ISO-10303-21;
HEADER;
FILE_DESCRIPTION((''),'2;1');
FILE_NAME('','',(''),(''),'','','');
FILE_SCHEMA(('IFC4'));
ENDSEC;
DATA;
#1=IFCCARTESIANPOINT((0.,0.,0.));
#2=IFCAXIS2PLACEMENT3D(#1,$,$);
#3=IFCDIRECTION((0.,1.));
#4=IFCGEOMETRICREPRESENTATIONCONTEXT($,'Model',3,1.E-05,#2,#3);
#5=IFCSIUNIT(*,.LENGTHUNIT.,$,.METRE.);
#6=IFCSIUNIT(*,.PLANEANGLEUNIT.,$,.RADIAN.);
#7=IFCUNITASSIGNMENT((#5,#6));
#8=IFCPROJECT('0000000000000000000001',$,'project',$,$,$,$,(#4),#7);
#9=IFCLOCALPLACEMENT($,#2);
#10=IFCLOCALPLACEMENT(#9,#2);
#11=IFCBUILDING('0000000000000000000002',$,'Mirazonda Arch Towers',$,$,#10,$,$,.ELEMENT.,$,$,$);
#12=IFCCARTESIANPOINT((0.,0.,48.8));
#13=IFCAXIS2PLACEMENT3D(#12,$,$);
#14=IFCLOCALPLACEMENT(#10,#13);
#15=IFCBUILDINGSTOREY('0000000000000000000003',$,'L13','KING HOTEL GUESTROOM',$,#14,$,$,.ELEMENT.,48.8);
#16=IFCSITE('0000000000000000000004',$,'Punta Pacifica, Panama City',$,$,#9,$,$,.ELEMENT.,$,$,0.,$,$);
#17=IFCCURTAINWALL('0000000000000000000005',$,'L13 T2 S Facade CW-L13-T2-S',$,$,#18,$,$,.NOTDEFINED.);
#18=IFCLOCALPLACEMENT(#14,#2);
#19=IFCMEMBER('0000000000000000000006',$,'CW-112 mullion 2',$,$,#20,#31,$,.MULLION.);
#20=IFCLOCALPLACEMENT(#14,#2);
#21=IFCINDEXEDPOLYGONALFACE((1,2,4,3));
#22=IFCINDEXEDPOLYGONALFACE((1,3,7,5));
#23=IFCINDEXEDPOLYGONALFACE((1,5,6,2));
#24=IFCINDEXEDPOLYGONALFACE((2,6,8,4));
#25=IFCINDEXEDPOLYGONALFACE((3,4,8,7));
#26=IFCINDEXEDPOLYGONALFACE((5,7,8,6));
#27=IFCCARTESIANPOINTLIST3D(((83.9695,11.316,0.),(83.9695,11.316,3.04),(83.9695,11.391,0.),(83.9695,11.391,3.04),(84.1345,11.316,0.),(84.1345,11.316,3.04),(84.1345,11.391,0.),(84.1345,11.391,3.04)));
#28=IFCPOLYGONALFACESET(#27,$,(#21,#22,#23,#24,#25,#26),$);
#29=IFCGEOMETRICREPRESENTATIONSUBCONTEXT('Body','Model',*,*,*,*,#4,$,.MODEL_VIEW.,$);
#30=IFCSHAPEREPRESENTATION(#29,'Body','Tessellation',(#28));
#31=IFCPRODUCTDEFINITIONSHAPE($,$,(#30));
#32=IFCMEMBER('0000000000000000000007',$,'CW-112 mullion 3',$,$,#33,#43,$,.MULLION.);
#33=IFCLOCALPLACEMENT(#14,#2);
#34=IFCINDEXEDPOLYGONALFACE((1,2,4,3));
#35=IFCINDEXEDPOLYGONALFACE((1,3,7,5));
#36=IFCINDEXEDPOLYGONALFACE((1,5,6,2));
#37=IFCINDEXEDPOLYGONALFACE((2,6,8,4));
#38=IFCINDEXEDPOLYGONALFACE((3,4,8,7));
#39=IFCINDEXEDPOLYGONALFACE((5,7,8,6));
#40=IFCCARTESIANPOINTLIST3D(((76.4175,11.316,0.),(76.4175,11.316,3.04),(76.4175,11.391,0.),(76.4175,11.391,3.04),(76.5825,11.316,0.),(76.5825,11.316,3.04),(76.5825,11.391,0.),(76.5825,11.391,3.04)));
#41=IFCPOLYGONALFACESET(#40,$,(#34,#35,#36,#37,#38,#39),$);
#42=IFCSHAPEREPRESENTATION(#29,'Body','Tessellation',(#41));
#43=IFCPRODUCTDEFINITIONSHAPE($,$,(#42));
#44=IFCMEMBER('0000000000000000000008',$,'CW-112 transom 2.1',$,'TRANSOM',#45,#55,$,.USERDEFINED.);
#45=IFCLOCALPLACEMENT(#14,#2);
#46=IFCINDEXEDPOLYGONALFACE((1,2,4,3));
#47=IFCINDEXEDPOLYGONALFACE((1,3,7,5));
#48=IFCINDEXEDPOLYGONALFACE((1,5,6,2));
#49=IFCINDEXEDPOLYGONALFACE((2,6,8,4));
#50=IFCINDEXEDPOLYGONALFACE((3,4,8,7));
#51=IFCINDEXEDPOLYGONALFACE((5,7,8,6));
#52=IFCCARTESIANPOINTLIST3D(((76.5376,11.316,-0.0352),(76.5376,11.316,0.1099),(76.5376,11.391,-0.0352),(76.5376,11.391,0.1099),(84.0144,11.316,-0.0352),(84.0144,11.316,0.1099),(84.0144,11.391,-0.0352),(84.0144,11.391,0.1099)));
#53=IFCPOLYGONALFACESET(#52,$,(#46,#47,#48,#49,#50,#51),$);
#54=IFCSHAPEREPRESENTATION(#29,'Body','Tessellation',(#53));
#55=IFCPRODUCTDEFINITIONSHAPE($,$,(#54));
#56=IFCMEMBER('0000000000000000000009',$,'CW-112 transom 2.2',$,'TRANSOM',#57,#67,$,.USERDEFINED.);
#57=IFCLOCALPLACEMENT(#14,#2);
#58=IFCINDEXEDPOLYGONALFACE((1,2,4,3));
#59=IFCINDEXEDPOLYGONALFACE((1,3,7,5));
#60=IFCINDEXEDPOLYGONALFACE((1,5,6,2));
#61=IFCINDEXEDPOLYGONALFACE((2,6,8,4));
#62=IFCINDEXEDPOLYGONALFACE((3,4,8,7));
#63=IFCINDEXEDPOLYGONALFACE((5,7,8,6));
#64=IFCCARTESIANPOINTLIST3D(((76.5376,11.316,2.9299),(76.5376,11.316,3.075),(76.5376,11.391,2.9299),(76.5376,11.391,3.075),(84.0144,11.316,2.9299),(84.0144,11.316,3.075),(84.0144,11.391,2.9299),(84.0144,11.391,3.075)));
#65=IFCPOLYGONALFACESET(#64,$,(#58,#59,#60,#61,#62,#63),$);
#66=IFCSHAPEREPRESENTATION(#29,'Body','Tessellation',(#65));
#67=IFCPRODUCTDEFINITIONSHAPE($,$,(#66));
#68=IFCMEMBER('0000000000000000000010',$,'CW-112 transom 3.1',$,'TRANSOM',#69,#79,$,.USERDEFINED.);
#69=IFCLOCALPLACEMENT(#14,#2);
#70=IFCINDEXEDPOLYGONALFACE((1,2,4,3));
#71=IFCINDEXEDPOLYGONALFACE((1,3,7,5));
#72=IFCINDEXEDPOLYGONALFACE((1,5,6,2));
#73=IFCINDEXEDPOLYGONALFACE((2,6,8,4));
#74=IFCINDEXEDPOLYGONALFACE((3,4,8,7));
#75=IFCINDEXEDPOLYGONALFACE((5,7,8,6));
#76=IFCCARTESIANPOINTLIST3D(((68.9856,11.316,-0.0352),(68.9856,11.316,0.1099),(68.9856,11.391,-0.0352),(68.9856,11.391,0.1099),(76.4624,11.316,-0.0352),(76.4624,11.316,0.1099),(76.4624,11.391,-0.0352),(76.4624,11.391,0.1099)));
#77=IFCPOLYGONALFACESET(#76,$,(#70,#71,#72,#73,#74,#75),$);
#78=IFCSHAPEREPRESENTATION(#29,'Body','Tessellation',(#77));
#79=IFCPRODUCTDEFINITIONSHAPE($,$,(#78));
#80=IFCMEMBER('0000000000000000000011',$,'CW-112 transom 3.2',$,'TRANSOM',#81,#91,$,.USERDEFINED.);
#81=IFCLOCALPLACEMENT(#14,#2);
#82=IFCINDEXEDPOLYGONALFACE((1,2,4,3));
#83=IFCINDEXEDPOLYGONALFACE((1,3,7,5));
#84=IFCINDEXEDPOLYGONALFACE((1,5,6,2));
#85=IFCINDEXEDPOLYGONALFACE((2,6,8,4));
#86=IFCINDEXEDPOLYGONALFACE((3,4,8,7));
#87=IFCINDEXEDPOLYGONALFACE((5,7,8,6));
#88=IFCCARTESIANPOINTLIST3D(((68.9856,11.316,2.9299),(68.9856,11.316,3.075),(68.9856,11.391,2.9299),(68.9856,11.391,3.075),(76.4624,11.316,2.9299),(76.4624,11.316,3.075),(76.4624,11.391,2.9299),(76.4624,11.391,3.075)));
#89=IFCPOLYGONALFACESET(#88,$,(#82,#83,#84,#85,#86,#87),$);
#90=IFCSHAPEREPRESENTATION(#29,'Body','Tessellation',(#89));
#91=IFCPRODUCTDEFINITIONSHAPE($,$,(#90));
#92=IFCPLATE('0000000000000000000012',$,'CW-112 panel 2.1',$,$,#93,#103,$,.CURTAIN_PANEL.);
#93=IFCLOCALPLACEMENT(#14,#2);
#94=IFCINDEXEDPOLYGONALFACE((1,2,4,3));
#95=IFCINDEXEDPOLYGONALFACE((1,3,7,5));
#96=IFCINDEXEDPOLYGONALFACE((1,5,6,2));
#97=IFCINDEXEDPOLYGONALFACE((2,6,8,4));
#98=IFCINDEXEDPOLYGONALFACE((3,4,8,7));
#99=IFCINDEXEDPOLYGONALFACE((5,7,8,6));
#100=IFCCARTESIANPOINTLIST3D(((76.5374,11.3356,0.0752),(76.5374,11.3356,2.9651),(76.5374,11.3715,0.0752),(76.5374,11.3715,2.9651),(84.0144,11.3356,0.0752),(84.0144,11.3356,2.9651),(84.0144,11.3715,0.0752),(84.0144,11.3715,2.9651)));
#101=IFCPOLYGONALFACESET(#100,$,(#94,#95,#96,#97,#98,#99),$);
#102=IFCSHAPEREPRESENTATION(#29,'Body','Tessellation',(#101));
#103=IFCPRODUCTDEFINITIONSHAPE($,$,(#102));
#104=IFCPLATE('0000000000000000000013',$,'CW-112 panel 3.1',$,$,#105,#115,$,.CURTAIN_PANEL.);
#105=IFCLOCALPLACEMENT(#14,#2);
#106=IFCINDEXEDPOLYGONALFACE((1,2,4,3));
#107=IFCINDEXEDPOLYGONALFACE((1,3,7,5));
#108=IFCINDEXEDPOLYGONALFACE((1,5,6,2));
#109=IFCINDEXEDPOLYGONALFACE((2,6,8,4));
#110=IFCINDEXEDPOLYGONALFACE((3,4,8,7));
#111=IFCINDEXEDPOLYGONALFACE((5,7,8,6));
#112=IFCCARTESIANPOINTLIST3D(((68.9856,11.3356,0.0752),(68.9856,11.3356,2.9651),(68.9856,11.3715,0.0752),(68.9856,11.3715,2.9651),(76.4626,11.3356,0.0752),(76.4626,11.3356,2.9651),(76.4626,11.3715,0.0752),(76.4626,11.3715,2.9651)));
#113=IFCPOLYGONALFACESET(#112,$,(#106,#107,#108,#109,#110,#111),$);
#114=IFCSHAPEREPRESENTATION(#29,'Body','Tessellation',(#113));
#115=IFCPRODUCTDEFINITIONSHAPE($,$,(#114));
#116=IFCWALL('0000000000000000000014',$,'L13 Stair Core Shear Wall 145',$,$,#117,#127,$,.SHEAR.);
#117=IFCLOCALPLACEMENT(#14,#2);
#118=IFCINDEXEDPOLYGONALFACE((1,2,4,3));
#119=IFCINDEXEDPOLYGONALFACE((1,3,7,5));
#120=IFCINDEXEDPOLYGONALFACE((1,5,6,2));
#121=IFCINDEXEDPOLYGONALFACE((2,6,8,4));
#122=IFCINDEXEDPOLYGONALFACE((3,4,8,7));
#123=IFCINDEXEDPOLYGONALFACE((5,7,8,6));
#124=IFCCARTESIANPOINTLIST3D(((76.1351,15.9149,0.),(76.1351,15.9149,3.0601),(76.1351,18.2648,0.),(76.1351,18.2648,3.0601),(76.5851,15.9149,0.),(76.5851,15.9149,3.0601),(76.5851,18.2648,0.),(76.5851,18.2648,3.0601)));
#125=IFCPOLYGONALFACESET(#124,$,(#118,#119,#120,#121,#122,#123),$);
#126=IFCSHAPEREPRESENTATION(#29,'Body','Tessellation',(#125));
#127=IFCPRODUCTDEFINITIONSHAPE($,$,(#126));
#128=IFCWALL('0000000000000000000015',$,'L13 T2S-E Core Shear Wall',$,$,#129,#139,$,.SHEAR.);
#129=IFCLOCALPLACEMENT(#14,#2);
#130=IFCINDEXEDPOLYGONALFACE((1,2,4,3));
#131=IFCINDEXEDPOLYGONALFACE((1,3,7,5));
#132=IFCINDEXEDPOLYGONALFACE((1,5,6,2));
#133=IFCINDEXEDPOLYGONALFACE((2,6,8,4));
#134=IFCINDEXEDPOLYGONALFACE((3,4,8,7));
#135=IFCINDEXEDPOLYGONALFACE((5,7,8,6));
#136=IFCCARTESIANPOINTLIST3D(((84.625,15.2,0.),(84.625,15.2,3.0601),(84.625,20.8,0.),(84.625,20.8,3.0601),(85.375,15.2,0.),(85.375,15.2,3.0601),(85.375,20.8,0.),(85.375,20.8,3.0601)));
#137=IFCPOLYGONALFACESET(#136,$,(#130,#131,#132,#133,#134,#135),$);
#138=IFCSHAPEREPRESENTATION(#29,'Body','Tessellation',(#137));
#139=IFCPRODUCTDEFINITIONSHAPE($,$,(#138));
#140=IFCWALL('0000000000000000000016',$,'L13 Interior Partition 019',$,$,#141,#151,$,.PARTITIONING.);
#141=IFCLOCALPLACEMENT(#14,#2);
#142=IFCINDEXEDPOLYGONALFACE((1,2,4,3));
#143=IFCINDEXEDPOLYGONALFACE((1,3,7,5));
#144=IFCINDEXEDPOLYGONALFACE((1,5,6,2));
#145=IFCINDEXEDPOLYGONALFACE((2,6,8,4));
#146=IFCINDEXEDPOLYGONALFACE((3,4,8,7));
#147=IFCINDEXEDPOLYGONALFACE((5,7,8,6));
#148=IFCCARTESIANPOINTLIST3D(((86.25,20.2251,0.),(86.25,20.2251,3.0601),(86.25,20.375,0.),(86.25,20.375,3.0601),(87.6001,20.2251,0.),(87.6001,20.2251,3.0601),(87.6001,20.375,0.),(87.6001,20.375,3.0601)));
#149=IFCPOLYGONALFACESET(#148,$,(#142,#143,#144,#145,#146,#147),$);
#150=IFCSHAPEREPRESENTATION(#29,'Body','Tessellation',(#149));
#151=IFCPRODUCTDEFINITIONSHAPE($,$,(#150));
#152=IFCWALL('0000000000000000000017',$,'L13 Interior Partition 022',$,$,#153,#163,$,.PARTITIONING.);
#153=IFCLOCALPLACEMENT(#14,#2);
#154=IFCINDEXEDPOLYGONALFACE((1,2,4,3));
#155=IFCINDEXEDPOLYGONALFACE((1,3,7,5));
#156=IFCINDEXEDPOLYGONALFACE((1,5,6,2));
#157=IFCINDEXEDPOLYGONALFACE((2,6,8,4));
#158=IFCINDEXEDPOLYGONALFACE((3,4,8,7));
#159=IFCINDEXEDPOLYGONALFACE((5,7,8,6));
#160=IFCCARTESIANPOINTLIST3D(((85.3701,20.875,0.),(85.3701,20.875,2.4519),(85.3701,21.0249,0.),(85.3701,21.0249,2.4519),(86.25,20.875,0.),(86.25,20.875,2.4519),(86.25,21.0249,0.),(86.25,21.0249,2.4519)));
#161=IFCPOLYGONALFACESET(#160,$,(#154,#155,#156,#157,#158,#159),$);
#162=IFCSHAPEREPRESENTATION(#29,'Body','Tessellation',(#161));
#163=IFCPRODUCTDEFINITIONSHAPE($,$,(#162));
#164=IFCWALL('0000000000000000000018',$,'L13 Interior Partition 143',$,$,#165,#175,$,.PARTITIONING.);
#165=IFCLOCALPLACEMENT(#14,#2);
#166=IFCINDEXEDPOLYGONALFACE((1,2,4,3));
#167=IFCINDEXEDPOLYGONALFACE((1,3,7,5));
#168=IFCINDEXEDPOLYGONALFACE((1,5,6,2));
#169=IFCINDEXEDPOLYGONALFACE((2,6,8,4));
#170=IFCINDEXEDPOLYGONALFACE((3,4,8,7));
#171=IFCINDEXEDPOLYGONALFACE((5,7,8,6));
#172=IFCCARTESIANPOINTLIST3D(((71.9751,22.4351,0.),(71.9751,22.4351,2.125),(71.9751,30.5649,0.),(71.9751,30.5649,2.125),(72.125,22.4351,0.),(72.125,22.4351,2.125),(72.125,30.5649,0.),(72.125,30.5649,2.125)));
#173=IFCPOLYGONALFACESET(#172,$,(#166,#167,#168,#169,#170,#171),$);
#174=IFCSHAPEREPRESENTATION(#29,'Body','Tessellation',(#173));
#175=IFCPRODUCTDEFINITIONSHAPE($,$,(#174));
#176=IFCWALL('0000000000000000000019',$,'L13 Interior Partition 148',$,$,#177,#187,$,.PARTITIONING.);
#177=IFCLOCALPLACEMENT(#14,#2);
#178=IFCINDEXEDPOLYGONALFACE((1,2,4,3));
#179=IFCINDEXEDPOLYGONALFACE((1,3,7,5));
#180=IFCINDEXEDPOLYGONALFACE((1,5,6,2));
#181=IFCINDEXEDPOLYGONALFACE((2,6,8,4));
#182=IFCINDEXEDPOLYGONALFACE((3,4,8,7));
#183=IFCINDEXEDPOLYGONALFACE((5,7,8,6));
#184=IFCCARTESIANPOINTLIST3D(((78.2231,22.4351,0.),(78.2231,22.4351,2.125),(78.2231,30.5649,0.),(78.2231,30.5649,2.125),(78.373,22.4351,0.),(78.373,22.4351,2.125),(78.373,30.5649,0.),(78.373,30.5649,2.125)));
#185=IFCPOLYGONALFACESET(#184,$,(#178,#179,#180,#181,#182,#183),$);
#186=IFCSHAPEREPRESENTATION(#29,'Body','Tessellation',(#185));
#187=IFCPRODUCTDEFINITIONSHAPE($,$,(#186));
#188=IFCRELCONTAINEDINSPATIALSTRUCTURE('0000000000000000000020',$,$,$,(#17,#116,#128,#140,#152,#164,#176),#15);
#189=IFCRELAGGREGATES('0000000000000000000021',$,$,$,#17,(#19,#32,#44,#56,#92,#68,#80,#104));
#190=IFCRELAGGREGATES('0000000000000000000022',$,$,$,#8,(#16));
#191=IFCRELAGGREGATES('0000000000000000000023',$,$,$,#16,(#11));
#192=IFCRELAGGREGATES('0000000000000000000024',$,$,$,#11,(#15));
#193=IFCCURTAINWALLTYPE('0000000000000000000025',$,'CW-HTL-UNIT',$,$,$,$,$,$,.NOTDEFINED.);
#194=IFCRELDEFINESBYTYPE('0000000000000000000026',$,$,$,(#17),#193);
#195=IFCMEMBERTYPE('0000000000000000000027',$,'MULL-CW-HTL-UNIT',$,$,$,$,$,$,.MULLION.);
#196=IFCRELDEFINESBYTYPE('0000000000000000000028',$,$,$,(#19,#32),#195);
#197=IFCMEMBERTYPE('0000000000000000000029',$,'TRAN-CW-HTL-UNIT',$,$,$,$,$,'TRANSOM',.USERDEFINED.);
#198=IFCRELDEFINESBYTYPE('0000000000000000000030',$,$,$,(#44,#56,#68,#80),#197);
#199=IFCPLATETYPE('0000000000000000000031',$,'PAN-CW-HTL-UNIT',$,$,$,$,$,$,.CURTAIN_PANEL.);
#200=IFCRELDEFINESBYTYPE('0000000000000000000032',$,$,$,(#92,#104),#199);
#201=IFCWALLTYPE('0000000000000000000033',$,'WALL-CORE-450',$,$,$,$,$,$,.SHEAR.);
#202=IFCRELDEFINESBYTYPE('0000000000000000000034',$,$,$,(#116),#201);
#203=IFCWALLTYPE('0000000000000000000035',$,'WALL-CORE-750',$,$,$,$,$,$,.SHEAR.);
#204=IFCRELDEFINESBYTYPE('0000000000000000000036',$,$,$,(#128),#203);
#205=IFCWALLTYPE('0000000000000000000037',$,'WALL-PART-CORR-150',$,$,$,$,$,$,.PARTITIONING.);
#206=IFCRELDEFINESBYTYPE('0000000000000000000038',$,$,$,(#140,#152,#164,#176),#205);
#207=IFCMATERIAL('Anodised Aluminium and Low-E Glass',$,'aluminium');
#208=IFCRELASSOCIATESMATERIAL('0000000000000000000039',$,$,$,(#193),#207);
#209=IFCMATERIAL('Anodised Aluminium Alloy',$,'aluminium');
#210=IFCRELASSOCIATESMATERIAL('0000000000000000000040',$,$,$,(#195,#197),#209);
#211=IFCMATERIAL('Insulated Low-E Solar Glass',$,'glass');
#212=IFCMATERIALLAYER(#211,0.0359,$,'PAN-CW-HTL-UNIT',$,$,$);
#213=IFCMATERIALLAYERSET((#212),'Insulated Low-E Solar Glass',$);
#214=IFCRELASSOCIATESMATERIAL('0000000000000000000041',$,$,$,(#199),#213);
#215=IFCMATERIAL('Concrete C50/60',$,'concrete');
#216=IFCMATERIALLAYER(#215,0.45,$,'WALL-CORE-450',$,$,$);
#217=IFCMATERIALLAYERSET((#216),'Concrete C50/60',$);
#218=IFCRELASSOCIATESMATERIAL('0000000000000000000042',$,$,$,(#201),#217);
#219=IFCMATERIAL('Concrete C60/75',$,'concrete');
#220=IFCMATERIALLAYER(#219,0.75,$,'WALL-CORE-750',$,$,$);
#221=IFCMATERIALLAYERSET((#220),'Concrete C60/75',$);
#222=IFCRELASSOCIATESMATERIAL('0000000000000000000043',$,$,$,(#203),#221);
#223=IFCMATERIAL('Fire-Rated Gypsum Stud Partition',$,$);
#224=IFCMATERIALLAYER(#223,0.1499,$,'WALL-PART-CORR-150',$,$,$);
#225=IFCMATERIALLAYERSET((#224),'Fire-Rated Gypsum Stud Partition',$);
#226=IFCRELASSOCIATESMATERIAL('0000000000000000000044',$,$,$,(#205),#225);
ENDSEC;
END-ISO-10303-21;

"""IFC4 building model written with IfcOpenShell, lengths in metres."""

from ifc_helpers import new_model, si_unit, direction, frame, frame_2d, origin, origin_2d, place, context, subcontext, project, spatial, rectangle, extrude, material, layer, layer_set, material_profile, profile_set, type_object, element, aggregate, save


model = new_model("IFC4")

# Units and contexts
model_context = context("Model", 3, precision=1e-05, world=origin(), true_north=direction((0.0, 1.0)))
body_context = subcontext(model_context, "Body", "Model", "MODEL_VIEW")
ifc_project = project(units=[si_unit("LENGTHUNIT", "METRE"), si_unit("PLANEANGLEUNIT", "RADIAN")], contexts=[model_context])

# Site, building, storey
site_placement = place(None, origin())
site = spatial("IfcSite", under=ifc_project, at=site_placement, Name="Punta Pacifica, Panama City", CompositionType="ELEMENT", RefElevation=0.0)
building_placement = place(site_placement, origin())
building = spatial("IfcBuilding", under=site, at=building_placement, Name="Mirazonda Arch Towers", CompositionType="ELEMENT")
storey_placement = place(building_placement, frame((0.0, 0.0, 48.8)))
storey = spatial("IfcBuildingStorey", under=building, at=storey_placement, Name="L13", Description="KING HOTEL GUESTROOM", CompositionType="ELEMENT", Elevation=48.8)

# Shared definitions
ifc_material_1 = material(Name="Concrete C60/75", Category="concrete")

# Curtain wall, members, plates
ifc_material_2 = material(Name="Anodised Aluminium and Low-E Glass", Category="aluminium")
curtain_wall_type = type_object("IfcCurtainWallType", Name="CW-HTL-UNIT", PredefinedType="NOTDEFINED", material=ifc_material_2)
curtain_wall_placement = place(storey_placement, origin())
curtain_wall = element("IfcCurtainWall", 1, at=curtain_wall_placement, inside=storey, type_object=curtain_wall_type, Name="L13 T2 S Facade CW-L13-T2-S", PredefinedType="NOTDEFINED")
ifc_material_3 = material(Name="Anodised Aluminium Alloy", Category="aluminium")
ifc_material_profile_1 = material_profile(ifc_material_3, rectangle(XDim=0.075, YDim=0.165, at=origin_2d()), Name="ALU-MULL-75x165")
ifc_profile_set_1 = profile_set([ifc_material_profile_1], Name="Anodised Aluminium Alloy")
member_type_1 = type_object("IfcMemberType", Name="MULL-CW-HTL-UNIT", PredefinedType="MULLION", material=ifc_profile_set_1)
member_1_placement = place(storey_placement, frame((84.052, 11.3535, 0.0), z_axis=(0.0, 0.0, 1.0), x_axis=(0.0, -1.0, 0.0)))
member_1 = element("IfcMember", 2, at=member_1_placement, type_object=member_type_1, Name="CW-112 mullion 2", PredefinedType="MULLION", context=body_context, shape_type="SweptSolid", body=[
    extrude(rectangle(XDim=0.075, YDim=0.165, at=origin_2d()), origin(), (0.0, 0.0, 1.0), 3.04),
])
member_2_placement = place(storey_placement, frame((76.5, 11.3535, 0.0), z_axis=(0.0, 0.0, 1.0), x_axis=(0.0, -1.0, 0.0)))
member_2 = element("IfcMember", 3, at=member_2_placement, type_object=member_type_1, Name="CW-112 mullion 3", PredefinedType="MULLION", context=body_context, shape_type="SweptSolid", body=[
    extrude(rectangle(XDim=0.075, YDim=0.165, at=origin_2d()), origin(), (0.0, 0.0, 1.0), 3.04),
])
ifc_material_profile_2 = material_profile(ifc_material_3, rectangle(XDim=0.075, YDim=0.145, at=origin_2d()), Name="ALU-TRAN-75x145")
ifc_profile_set_2 = profile_set([ifc_material_profile_2], Name="Anodised Aluminium Alloy")
member_type_2 = type_object("IfcMemberType", Name="TRAN-CW-HTL-UNIT", ElementType="TRANSOM", PredefinedType="USERDEFINED", material=ifc_profile_set_2)
member_3_placement = place(storey_placement, frame((84.0144, 11.3535, 0.0374), z_axis=(-1.0, 0.0, 0.0), x_axis=(0.0, -1.0, 0.0)))
member_3 = element("IfcMember", 4, at=member_3_placement, type_object=member_type_2, Name="CW-112 transom 2.1", ObjectType="TRANSOM", PredefinedType="USERDEFINED", context=body_context, shape_type="SweptSolid", body=[
    extrude(rectangle(XDim=0.075, YDim=0.145, at=origin_2d()), origin(), (0.0, 0.0, 1.0), 7.4768),
])
member_4_placement = place(storey_placement, frame((84.0144, 11.3535, 3.0024), z_axis=(-1.0, 0.0, 0.0), x_axis=(0.0, -1.0, 0.0)))
member_4 = element("IfcMember", 5, at=member_4_placement, type_object=member_type_2, Name="CW-112 transom 2.2", ObjectType="TRANSOM", PredefinedType="USERDEFINED", context=body_context, shape_type="SweptSolid", body=[
    extrude(rectangle(XDim=0.075, YDim=0.145, at=origin_2d()), origin(), (0.0, 0.0, 1.0), 7.4768),
])
member_5_placement = place(storey_placement, frame((76.4624, 11.3535, 0.0374), z_axis=(-1.0, 0.0, 0.0), x_axis=(0.0, -1.0, 0.0)))
member_5 = element("IfcMember", 6, at=member_5_placement, type_object=member_type_2, Name="CW-112 transom 3.1", ObjectType="TRANSOM", PredefinedType="USERDEFINED", context=body_context, shape_type="SweptSolid", body=[
    extrude(rectangle(XDim=0.075, YDim=0.145, at=origin_2d()), origin(), (0.0, 0.0, 1.0), 7.4768),
])
member_6_placement = place(storey_placement, frame((76.4624, 11.3535, 3.0024), z_axis=(-1.0, 0.0, 0.0), x_axis=(0.0, -1.0, 0.0)))
member_6 = element("IfcMember", 7, at=member_6_placement, type_object=member_type_2, Name="CW-112 transom 3.2", ObjectType="TRANSOM", PredefinedType="USERDEFINED", context=body_context, shape_type="SweptSolid", body=[
    extrude(rectangle(XDim=0.075, YDim=0.145, at=origin_2d()), origin(), (0.0, 0.0, 1.0), 7.4768),
])
ifc_material_4 = material(Name="Insulated Low-E Solar Glass", Category="glass")
ifc_layer_1 = layer(ifc_material_4, 0.0359, Name="PAN-CW-HTL-UNIT")
ifc_layer_set_1 = layer_set([ifc_layer_1], Name="Insulated Low-E Solar Glass")
plate_type = type_object("IfcPlateType", Name="PAN-CW-HTL-UNIT", PredefinedType="CURTAIN_PANEL", material=ifc_layer_set_1)
plate_1_placement = place(storey_placement, frame((80.2759, 11.3535, 0.0752), z_axis=(0.0, 0.0, 1.0), x_axis=(-1.0, 0.0, 0.0)))
plate_1 = element("IfcPlate", 8, at=plate_1_placement, type_object=plate_type, Name="CW-112 panel 2.1", PredefinedType="CURTAIN_PANEL", context=body_context, shape_type="SweptSolid", body=[
    extrude(rectangle(XDim=7.4771, YDim=0.0359, at=origin_2d()), origin(), (0.0, 0.0, 1.0), 2.8899),
])
plate_2_placement = place(storey_placement, frame((72.7241, 11.3535, 0.0752), z_axis=(0.0, 0.0, 1.0), x_axis=(-1.0, 0.0, 0.0)))
plate_2 = element("IfcPlate", 9, at=plate_2_placement, type_object=plate_type, Name="CW-112 panel 3.1", PredefinedType="CURTAIN_PANEL", context=body_context, shape_type="SweptSolid", body=[
    extrude(rectangle(XDim=7.4771, YDim=0.0359, at=origin_2d()), origin(), (0.0, 0.0, 1.0), 2.8899),
])
aggregate(curtain_wall, [member_1, member_2, member_3, member_4, plate_1, member_5, member_6, plate_2])

# Walls
ifc_material_5 = material(Name="Concrete C50/60", Category="concrete")
ifc_layer_2 = layer(ifc_material_5, 0.45, Name="WALL-CORE-450")
ifc_layer_set_2 = layer_set([ifc_layer_2], Name="Concrete C50/60")
wall_type_1 = type_object("IfcWallType", Name="WALL-CORE-450", PredefinedType="SHEAR", material=ifc_layer_set_2)
wall_1_placement = place(storey_placement, frame((76.3601, 15.915, 0.0), z_axis=(0.0, 0.0, 1.0), x_axis=(0.0, 1.0, 0.0)))
element("IfcWall", 10, at=wall_1_placement, inside=storey, type_object=wall_type_1, Name="L13 Stair Core Shear Wall 145", PredefinedType="SHEAR", context=body_context, shape_type="SweptSolid", body=[
    extrude(rectangle(XDim=2.3499, YDim=0.45, at=frame_2d((1.1748, 0.0))), origin(), (0.0, 0.0, 1.0), 3.0601),
])
ifc_layer_3 = layer(ifc_material_1, 0.75, Name="WALL-CORE-750")
ifc_layer_set_3 = layer_set([ifc_layer_3], Name="Concrete C60/75")
wall_type_2 = type_object("IfcWallType", Name="WALL-CORE-750", PredefinedType="SHEAR", material=ifc_layer_set_3)
wall_2_placement = place(storey_placement, frame((85.0, 15.2, 0.0), z_axis=(0.0, 0.0, 1.0), x_axis=(0.0, 1.0, 0.0)))
element("IfcWall", 11, at=wall_2_placement, inside=storey, type_object=wall_type_2, Name="L13 T2S-E Core Shear Wall", PredefinedType="SHEAR", context=body_context, shape_type="SweptSolid", body=[
    extrude(rectangle(XDim=5.6001, YDim=0.75, at=frame_2d((2.8, 0.0))), origin(), (0.0, 0.0, 1.0), 3.0601),
])
ifc_material_6 = material(Name="Fire-Rated Gypsum Stud Partition")
ifc_layer_4 = layer(ifc_material_6, 0.1499, Name="WALL-PART-CORR-150")
ifc_layer_set_4 = layer_set([ifc_layer_4], Name="Fire-Rated Gypsum Stud Partition")
wall_type_3 = type_object("IfcWallType", Name="WALL-PART-CORR-150", PredefinedType="PARTITIONING", material=ifc_layer_set_4)
wall_3_placement = place(storey_placement, frame((86.25, 20.3, 0.0), z_axis=(0.0, 0.0, 1.0), x_axis=(1.0, 0.0, 0.0)))
element("IfcWall", 12, at=wall_3_placement, inside=storey, type_object=wall_type_3, Name="L13 Interior Partition 019", PredefinedType="PARTITIONING", context=body_context, shape_type="SweptSolid", body=[
    extrude(rectangle(XDim=1.3501, YDim=0.1499, at=frame_2d((0.675, 0.0))), origin(), (0.0, 0.0, 1.0), 3.0601),
])
wall_4_placement = place(storey_placement, frame((85.3701, 20.95, 0.0), z_axis=(0.0, 0.0, 1.0), x_axis=(1.0, 0.0, 0.0)))
element("IfcWall", 13, at=wall_4_placement, inside=storey, type_object=wall_type_3, Name="L13 Interior Partition 022", PredefinedType="PARTITIONING", context=body_context, shape_type="SweptSolid", body=[
    extrude(rectangle(XDim=0.8799, YDim=0.1499, at=frame_2d((0.4399, 0.0))), origin(), (0.0, 0.0, 1.0), 2.4519),
])
for number, where, z_axis, x_axis, name in (
    (14, (72.05, 22.4351, 0.0), (0.0, 0.0, 1.0), (0.0, 1.0, 0.0), "L13 Interior Partition 143"),
    (15, (78.2981, 22.4351, 0.0), (0.0, 0.0, 1.0), (0.0, 1.0, 0.0), "L13 Interior Partition 148"),
):
    element("IfcWall", number, at=place(storey_placement, frame(where, z_axis=z_axis, x_axis=x_axis)), inside=storey, type_object=wall_type_3, Name=name, PredefinedType="PARTITIONING", context=body_context, shape_type="SweptSolid", body=[
        extrude(rectangle(XDim=8.1299, YDim=0.1499, at=frame_2d((4.0649, 0.0))), origin(), (0.0, 0.0, 1.0), 2.125),
    ])

save(model, "model.ifc")
